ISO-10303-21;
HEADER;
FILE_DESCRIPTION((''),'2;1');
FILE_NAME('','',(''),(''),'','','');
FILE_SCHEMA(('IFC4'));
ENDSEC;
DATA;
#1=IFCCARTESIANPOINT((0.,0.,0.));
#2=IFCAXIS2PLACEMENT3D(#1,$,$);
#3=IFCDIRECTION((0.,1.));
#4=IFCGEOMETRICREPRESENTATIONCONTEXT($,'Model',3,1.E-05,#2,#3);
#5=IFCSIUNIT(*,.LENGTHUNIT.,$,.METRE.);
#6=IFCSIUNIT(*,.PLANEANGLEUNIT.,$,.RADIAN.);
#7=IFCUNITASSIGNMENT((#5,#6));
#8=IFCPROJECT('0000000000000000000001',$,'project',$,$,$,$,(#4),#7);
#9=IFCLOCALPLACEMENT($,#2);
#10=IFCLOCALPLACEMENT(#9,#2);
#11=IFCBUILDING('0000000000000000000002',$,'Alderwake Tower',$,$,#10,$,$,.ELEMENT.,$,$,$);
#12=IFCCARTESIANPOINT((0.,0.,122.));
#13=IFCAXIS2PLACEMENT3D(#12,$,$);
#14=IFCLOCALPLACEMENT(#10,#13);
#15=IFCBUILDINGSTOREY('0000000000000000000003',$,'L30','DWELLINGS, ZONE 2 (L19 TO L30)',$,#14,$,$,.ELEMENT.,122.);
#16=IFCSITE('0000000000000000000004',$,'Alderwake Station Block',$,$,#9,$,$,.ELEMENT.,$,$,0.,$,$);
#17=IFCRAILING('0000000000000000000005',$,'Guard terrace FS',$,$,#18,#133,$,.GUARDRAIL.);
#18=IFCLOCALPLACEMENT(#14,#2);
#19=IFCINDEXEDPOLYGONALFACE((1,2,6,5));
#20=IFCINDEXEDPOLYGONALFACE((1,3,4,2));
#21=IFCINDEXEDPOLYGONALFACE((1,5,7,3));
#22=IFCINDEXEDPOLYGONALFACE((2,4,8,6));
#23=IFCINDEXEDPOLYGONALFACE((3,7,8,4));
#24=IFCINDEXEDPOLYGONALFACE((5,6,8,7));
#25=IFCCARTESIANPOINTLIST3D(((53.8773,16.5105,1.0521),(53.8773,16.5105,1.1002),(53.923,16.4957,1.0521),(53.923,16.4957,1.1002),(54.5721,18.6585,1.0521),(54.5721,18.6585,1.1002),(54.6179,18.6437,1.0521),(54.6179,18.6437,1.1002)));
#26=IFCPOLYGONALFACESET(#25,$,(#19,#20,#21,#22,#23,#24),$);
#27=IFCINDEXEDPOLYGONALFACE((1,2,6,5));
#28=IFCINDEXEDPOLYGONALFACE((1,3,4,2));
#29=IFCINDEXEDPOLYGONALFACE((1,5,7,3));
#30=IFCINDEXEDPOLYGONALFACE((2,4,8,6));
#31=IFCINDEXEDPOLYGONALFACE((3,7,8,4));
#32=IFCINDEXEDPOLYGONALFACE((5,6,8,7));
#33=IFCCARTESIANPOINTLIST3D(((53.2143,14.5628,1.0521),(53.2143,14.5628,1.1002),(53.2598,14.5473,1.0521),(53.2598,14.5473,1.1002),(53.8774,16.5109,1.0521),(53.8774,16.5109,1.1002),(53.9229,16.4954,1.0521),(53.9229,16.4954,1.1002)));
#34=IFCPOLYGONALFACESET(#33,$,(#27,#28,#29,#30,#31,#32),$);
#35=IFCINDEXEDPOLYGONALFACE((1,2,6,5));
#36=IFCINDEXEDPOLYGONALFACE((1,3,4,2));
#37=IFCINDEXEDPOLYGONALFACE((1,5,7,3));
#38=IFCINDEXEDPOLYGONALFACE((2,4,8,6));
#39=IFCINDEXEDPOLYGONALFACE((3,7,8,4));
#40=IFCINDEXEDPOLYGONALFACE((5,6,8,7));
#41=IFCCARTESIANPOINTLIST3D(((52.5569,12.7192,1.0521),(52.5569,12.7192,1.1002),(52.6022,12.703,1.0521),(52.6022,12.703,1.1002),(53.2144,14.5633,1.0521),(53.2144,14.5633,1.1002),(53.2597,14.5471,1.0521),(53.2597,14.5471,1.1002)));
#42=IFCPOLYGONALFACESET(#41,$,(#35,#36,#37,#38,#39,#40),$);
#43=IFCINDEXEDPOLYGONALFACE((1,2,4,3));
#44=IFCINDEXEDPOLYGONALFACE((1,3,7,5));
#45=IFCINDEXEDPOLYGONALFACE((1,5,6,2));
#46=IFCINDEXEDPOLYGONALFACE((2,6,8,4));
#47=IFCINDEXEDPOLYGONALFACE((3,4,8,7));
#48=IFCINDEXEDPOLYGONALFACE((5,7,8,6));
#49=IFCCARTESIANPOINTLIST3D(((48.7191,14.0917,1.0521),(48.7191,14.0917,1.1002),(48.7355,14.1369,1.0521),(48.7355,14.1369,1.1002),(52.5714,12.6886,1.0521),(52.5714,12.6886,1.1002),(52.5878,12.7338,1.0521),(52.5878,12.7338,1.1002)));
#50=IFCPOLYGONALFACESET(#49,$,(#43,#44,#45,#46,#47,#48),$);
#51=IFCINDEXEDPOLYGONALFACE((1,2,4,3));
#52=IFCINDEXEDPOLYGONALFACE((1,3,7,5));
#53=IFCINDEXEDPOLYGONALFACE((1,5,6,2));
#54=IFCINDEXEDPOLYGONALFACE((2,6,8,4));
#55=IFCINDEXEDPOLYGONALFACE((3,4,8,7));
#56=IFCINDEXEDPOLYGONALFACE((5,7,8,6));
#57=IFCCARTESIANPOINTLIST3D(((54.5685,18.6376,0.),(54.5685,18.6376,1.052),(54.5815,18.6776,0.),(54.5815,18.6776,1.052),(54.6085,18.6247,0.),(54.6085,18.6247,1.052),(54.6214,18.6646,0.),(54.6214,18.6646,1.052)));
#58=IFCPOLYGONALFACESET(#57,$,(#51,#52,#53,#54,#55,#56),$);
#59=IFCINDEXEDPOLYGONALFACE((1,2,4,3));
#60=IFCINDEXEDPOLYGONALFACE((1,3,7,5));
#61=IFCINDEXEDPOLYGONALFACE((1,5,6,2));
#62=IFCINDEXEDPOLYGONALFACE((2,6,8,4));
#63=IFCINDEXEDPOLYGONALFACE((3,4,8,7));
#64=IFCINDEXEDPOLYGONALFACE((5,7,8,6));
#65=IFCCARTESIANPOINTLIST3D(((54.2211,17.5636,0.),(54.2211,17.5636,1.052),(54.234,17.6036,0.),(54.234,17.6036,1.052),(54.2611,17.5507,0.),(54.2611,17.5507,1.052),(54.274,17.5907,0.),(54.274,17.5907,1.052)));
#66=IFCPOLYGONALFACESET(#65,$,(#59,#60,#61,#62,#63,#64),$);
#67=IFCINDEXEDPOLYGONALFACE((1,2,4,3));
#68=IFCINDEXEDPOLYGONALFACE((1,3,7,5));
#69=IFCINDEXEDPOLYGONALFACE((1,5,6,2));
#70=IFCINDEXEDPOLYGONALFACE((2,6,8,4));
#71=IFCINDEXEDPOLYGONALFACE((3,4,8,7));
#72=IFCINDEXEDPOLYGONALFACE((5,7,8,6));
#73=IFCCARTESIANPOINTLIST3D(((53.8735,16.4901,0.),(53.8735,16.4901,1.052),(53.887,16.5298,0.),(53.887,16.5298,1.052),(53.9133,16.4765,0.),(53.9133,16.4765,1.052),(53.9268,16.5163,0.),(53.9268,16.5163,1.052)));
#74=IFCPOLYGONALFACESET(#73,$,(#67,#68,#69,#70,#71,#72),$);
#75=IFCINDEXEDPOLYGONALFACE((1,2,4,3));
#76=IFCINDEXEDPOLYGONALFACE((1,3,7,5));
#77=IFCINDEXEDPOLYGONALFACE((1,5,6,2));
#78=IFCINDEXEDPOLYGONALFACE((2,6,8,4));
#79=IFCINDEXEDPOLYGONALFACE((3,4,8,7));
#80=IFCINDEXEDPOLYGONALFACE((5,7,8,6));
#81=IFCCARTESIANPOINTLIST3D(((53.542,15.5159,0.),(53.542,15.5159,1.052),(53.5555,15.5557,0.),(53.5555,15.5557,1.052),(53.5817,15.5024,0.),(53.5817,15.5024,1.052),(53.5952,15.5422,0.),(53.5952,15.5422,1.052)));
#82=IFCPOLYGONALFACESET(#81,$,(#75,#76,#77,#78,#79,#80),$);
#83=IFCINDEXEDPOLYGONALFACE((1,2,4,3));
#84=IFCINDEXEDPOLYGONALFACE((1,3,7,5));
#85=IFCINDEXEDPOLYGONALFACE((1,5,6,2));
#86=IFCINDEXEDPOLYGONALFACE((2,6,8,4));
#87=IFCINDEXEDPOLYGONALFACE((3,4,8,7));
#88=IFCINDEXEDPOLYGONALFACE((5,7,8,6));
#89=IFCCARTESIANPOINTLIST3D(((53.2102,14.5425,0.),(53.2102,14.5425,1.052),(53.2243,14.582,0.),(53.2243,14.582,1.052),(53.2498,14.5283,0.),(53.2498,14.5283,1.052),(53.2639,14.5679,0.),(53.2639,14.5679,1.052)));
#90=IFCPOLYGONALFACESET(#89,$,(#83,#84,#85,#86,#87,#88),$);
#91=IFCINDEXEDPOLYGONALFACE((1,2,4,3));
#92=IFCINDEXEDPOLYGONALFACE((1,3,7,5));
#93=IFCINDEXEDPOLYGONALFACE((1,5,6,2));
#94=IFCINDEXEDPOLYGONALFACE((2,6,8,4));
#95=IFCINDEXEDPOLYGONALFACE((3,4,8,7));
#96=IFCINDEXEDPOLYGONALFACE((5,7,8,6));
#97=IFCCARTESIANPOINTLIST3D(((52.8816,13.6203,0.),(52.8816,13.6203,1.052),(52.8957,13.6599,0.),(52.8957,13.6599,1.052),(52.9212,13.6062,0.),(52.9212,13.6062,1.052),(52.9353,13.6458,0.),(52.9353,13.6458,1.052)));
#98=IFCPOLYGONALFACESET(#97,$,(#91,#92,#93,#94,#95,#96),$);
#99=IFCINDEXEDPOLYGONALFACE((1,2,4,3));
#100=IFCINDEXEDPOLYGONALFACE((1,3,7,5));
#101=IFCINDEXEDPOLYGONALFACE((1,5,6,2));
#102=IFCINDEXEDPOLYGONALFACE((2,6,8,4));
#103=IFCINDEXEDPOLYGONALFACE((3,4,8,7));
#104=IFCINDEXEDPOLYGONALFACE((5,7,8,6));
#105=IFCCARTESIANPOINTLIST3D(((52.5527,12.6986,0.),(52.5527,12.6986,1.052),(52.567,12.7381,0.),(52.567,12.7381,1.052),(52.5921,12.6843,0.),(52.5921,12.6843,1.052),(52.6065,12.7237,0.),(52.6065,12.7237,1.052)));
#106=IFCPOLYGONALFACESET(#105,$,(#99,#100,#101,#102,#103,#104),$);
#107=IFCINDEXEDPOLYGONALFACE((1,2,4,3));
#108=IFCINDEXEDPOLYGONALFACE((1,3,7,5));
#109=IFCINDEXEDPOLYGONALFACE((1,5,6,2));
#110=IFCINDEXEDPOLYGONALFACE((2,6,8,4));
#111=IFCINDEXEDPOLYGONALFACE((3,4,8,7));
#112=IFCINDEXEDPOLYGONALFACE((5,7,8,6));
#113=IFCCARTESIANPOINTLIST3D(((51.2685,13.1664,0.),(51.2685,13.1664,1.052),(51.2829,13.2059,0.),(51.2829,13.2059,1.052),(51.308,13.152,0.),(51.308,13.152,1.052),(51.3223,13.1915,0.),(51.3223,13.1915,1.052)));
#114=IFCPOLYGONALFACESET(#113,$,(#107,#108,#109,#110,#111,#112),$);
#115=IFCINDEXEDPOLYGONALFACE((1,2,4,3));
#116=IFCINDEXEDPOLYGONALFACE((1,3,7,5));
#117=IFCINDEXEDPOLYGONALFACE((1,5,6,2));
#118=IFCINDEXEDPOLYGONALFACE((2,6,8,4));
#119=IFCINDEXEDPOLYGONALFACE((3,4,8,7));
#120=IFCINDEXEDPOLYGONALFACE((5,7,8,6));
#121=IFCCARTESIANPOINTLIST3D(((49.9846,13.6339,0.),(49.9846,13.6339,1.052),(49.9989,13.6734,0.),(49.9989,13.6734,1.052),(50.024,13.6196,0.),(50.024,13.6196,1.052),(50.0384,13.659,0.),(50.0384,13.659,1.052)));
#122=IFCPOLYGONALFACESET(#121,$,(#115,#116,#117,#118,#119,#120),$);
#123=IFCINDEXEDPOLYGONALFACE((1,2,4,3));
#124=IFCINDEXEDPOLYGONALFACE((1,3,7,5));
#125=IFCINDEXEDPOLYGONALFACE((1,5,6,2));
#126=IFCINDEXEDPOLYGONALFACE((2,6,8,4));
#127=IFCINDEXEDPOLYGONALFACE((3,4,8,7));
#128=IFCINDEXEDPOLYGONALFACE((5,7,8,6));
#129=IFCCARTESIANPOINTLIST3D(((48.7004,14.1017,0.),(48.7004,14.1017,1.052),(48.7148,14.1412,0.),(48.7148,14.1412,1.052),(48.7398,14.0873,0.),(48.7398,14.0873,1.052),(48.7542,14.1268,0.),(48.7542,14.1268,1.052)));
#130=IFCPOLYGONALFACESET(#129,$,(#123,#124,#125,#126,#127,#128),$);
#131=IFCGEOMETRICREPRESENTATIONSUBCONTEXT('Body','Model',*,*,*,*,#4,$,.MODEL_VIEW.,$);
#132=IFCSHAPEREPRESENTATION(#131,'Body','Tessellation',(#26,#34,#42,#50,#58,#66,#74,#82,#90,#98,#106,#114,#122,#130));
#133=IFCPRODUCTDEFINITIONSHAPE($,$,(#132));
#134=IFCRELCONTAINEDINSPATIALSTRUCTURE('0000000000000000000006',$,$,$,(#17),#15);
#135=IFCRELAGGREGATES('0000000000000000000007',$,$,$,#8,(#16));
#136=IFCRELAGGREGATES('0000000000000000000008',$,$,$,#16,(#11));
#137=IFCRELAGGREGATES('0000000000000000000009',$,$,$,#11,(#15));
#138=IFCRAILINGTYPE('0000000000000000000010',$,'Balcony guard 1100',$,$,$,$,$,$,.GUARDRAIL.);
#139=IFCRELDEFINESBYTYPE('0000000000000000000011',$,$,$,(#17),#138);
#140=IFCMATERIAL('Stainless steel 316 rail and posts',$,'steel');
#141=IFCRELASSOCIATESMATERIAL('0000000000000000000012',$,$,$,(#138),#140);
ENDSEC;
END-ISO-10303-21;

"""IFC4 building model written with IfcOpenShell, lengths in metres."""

from ifc_helpers import new_model, si_unit, direction, frame, origin, origin_2d, place, context, subcontext, project, spatial, rectangle, extrude, material, type_object, element, save


model = new_model("IFC4")

# Units and contexts
model_context = context("Model", 3, precision=1e-05, world=origin(), true_north=direction((0.0, 1.0)))
body_context = subcontext(model_context, "Body", "Model", "MODEL_VIEW")
ifc_project = project(units=[si_unit("LENGTHUNIT", "METRE"), si_unit("PLANEANGLEUNIT", "RADIAN")], contexts=[model_context])

# Site, building, storey
site_placement = place(None, origin())
site = spatial("IfcSite", under=ifc_project, at=site_placement, Name="Alderwake Station Block", CompositionType="ELEMENT", RefElevation=0.0)
building_placement = place(site_placement, origin())
building = spatial("IfcBuilding", under=site, at=building_placement, Name="Alderwake Tower", CompositionType="ELEMENT")
storey_placement = place(building_placement, frame((0.0, 0.0, 122.0)))
storey = spatial("IfcBuildingStorey", under=building, at=storey_placement, Name="L30", Description="DWELLINGS, ZONE 2 (L19 TO L30)", CompositionType="ELEMENT", Elevation=122.0)

# Railing
ifc_material_1 = material(Name="Stainless steel 316 rail and posts", Category="steel")
railing_type = type_object("IfcRailingType", Name="Balcony guard 1100", PredefinedType="GUARDRAIL", material=ifc_material_1)
railing_placement = place(storey_placement, frame((54.595, 18.6511, 0.0)))
element("IfcRailing", 1, at=railing_placement, inside=storey, type_object=railing_type, Name="Guard terrace FS", PredefinedType="GUARDRAIL", context=body_context, shape_type="SweptSolid", body=[
    extrude(rectangle(XDim=0.0481, YDim=0.0481, at=origin_2d()), frame((0.0, 0.0, 1.0762), z_axis=(-0.30778, -0.951458, 0.0), x_axis=(0.951458, -0.30778, 0.0)), (0.0, 0.0, 1.0), 2.2576),
    extrude(rectangle(XDim=0.0481, YDim=0.0481, at=origin_2d()), frame((-0.6948, -2.1479, 1.0762), z_axis=(-0.322237, -0.946659, 0.0), x_axis=(0.946659, -0.322237, 0.0)), (0.0, 0.0, 1.0), 2.0579),
    extrude(rectangle(XDim=0.0481, YDim=0.0481, at=origin_2d()), frame((-1.3579, -4.0959, 1.0762), z_axis=(-0.335839, -0.94192, 0.0), x_axis=(0.94192, -0.335839, 0.0)), (0.0, 0.0, 1.0), 1.9578),
    extrude(rectangle(XDim=0.0481, YDim=0.0481, at=origin_2d()), frame((-2.0154, -5.9399, 1.0762), z_axis=(-0.939618, 0.342226, 0.0), x_axis=(-0.342226, -0.939618, 0.0)), (0.0, 0.0, 1.0), 4.0999),
    extrude(rectangle(XDim=0.042, YDim=0.042, at=origin_2d()), frame((0.0, 0.0, 0.0), z_axis=(0.0, 0.0, 1.0), x_axis=(-0.30778, -0.951458, 0.0)), (0.0, 0.0, 1.0), 1.052),
    extrude(rectangle(XDim=0.042, YDim=0.042, at=origin_2d()), frame((-0.3474, -1.074, 0.0), z_axis=(0.0, 0.0, 1.0), x_axis=(-0.30778, -0.951458, 0.0)), (0.0, 0.0, 1.0), 1.052),
    extrude(rectangle(XDim=0.042, YDim=0.042, at=origin_2d()), frame((-0.6948, -2.1479, 0.0), z_axis=(0.0, 0.0, 1.0), x_axis=(-0.322237, -0.946659, 0.0)), (0.0, 0.0, 1.0), 1.052),
    extrude(rectangle(XDim=0.042, YDim=0.042, at=origin_2d()), frame((-1.0264, -3.1221, 0.0), z_axis=(0.0, 0.0, 1.0), x_axis=(-0.322237, -0.946659, 0.0)), (0.0, 0.0, 1.0), 1.052),
    extrude(rectangle(XDim=0.042, YDim=0.042, at=origin_2d()), frame((-1.3579, -4.0959, 0.0), z_axis=(0.0, 0.0, 1.0), x_axis=(-0.335839, -0.94192, 0.0)), (0.0, 0.0, 1.0), 1.052),
    extrude(rectangle(XDim=0.042, YDim=0.042, at=origin_2d()), frame((-1.6865, -5.0181, 0.0), z_axis=(0.0, 0.0, 1.0), x_axis=(-0.335839, -0.94192, 0.0)), (0.0, 0.0, 1.0), 1.052),
    extrude(rectangle(XDim=0.042, YDim=0.042, at=origin_2d()), frame((-2.0154, -5.9399, 0.0), z_axis=(0.0, 0.0, 1.0), x_axis=(-0.939618, 0.342226, 0.0)), (0.0, 0.0, 1.0), 1.052),
    extrude(rectangle(XDim=0.042, YDim=0.042, at=origin_2d()), frame((-3.2996, -5.4722, 0.0), z_axis=(0.0, 0.0, 1.0), x_axis=(-0.939618, 0.342226, 0.0)), (0.0, 0.0, 1.0), 1.052),
    extrude(rectangle(XDim=0.042, YDim=0.042, at=origin_2d()), frame((-4.5835, -5.0046, 0.0), z_axis=(0.0, 0.0, 1.0), x_axis=(-0.939618, 0.342226, 0.0)), (0.0, 0.0, 1.0), 1.052),
    extrude(rectangle(XDim=0.042, YDim=0.042, at=origin_2d()), frame((-5.8677, -4.5369, 0.0), z_axis=(0.0, 0.0, 1.0), x_axis=(-0.939618, 0.342226, 0.0)), (0.0, 0.0, 1.0), 1.052),
])

save(model, "model.ifc")
